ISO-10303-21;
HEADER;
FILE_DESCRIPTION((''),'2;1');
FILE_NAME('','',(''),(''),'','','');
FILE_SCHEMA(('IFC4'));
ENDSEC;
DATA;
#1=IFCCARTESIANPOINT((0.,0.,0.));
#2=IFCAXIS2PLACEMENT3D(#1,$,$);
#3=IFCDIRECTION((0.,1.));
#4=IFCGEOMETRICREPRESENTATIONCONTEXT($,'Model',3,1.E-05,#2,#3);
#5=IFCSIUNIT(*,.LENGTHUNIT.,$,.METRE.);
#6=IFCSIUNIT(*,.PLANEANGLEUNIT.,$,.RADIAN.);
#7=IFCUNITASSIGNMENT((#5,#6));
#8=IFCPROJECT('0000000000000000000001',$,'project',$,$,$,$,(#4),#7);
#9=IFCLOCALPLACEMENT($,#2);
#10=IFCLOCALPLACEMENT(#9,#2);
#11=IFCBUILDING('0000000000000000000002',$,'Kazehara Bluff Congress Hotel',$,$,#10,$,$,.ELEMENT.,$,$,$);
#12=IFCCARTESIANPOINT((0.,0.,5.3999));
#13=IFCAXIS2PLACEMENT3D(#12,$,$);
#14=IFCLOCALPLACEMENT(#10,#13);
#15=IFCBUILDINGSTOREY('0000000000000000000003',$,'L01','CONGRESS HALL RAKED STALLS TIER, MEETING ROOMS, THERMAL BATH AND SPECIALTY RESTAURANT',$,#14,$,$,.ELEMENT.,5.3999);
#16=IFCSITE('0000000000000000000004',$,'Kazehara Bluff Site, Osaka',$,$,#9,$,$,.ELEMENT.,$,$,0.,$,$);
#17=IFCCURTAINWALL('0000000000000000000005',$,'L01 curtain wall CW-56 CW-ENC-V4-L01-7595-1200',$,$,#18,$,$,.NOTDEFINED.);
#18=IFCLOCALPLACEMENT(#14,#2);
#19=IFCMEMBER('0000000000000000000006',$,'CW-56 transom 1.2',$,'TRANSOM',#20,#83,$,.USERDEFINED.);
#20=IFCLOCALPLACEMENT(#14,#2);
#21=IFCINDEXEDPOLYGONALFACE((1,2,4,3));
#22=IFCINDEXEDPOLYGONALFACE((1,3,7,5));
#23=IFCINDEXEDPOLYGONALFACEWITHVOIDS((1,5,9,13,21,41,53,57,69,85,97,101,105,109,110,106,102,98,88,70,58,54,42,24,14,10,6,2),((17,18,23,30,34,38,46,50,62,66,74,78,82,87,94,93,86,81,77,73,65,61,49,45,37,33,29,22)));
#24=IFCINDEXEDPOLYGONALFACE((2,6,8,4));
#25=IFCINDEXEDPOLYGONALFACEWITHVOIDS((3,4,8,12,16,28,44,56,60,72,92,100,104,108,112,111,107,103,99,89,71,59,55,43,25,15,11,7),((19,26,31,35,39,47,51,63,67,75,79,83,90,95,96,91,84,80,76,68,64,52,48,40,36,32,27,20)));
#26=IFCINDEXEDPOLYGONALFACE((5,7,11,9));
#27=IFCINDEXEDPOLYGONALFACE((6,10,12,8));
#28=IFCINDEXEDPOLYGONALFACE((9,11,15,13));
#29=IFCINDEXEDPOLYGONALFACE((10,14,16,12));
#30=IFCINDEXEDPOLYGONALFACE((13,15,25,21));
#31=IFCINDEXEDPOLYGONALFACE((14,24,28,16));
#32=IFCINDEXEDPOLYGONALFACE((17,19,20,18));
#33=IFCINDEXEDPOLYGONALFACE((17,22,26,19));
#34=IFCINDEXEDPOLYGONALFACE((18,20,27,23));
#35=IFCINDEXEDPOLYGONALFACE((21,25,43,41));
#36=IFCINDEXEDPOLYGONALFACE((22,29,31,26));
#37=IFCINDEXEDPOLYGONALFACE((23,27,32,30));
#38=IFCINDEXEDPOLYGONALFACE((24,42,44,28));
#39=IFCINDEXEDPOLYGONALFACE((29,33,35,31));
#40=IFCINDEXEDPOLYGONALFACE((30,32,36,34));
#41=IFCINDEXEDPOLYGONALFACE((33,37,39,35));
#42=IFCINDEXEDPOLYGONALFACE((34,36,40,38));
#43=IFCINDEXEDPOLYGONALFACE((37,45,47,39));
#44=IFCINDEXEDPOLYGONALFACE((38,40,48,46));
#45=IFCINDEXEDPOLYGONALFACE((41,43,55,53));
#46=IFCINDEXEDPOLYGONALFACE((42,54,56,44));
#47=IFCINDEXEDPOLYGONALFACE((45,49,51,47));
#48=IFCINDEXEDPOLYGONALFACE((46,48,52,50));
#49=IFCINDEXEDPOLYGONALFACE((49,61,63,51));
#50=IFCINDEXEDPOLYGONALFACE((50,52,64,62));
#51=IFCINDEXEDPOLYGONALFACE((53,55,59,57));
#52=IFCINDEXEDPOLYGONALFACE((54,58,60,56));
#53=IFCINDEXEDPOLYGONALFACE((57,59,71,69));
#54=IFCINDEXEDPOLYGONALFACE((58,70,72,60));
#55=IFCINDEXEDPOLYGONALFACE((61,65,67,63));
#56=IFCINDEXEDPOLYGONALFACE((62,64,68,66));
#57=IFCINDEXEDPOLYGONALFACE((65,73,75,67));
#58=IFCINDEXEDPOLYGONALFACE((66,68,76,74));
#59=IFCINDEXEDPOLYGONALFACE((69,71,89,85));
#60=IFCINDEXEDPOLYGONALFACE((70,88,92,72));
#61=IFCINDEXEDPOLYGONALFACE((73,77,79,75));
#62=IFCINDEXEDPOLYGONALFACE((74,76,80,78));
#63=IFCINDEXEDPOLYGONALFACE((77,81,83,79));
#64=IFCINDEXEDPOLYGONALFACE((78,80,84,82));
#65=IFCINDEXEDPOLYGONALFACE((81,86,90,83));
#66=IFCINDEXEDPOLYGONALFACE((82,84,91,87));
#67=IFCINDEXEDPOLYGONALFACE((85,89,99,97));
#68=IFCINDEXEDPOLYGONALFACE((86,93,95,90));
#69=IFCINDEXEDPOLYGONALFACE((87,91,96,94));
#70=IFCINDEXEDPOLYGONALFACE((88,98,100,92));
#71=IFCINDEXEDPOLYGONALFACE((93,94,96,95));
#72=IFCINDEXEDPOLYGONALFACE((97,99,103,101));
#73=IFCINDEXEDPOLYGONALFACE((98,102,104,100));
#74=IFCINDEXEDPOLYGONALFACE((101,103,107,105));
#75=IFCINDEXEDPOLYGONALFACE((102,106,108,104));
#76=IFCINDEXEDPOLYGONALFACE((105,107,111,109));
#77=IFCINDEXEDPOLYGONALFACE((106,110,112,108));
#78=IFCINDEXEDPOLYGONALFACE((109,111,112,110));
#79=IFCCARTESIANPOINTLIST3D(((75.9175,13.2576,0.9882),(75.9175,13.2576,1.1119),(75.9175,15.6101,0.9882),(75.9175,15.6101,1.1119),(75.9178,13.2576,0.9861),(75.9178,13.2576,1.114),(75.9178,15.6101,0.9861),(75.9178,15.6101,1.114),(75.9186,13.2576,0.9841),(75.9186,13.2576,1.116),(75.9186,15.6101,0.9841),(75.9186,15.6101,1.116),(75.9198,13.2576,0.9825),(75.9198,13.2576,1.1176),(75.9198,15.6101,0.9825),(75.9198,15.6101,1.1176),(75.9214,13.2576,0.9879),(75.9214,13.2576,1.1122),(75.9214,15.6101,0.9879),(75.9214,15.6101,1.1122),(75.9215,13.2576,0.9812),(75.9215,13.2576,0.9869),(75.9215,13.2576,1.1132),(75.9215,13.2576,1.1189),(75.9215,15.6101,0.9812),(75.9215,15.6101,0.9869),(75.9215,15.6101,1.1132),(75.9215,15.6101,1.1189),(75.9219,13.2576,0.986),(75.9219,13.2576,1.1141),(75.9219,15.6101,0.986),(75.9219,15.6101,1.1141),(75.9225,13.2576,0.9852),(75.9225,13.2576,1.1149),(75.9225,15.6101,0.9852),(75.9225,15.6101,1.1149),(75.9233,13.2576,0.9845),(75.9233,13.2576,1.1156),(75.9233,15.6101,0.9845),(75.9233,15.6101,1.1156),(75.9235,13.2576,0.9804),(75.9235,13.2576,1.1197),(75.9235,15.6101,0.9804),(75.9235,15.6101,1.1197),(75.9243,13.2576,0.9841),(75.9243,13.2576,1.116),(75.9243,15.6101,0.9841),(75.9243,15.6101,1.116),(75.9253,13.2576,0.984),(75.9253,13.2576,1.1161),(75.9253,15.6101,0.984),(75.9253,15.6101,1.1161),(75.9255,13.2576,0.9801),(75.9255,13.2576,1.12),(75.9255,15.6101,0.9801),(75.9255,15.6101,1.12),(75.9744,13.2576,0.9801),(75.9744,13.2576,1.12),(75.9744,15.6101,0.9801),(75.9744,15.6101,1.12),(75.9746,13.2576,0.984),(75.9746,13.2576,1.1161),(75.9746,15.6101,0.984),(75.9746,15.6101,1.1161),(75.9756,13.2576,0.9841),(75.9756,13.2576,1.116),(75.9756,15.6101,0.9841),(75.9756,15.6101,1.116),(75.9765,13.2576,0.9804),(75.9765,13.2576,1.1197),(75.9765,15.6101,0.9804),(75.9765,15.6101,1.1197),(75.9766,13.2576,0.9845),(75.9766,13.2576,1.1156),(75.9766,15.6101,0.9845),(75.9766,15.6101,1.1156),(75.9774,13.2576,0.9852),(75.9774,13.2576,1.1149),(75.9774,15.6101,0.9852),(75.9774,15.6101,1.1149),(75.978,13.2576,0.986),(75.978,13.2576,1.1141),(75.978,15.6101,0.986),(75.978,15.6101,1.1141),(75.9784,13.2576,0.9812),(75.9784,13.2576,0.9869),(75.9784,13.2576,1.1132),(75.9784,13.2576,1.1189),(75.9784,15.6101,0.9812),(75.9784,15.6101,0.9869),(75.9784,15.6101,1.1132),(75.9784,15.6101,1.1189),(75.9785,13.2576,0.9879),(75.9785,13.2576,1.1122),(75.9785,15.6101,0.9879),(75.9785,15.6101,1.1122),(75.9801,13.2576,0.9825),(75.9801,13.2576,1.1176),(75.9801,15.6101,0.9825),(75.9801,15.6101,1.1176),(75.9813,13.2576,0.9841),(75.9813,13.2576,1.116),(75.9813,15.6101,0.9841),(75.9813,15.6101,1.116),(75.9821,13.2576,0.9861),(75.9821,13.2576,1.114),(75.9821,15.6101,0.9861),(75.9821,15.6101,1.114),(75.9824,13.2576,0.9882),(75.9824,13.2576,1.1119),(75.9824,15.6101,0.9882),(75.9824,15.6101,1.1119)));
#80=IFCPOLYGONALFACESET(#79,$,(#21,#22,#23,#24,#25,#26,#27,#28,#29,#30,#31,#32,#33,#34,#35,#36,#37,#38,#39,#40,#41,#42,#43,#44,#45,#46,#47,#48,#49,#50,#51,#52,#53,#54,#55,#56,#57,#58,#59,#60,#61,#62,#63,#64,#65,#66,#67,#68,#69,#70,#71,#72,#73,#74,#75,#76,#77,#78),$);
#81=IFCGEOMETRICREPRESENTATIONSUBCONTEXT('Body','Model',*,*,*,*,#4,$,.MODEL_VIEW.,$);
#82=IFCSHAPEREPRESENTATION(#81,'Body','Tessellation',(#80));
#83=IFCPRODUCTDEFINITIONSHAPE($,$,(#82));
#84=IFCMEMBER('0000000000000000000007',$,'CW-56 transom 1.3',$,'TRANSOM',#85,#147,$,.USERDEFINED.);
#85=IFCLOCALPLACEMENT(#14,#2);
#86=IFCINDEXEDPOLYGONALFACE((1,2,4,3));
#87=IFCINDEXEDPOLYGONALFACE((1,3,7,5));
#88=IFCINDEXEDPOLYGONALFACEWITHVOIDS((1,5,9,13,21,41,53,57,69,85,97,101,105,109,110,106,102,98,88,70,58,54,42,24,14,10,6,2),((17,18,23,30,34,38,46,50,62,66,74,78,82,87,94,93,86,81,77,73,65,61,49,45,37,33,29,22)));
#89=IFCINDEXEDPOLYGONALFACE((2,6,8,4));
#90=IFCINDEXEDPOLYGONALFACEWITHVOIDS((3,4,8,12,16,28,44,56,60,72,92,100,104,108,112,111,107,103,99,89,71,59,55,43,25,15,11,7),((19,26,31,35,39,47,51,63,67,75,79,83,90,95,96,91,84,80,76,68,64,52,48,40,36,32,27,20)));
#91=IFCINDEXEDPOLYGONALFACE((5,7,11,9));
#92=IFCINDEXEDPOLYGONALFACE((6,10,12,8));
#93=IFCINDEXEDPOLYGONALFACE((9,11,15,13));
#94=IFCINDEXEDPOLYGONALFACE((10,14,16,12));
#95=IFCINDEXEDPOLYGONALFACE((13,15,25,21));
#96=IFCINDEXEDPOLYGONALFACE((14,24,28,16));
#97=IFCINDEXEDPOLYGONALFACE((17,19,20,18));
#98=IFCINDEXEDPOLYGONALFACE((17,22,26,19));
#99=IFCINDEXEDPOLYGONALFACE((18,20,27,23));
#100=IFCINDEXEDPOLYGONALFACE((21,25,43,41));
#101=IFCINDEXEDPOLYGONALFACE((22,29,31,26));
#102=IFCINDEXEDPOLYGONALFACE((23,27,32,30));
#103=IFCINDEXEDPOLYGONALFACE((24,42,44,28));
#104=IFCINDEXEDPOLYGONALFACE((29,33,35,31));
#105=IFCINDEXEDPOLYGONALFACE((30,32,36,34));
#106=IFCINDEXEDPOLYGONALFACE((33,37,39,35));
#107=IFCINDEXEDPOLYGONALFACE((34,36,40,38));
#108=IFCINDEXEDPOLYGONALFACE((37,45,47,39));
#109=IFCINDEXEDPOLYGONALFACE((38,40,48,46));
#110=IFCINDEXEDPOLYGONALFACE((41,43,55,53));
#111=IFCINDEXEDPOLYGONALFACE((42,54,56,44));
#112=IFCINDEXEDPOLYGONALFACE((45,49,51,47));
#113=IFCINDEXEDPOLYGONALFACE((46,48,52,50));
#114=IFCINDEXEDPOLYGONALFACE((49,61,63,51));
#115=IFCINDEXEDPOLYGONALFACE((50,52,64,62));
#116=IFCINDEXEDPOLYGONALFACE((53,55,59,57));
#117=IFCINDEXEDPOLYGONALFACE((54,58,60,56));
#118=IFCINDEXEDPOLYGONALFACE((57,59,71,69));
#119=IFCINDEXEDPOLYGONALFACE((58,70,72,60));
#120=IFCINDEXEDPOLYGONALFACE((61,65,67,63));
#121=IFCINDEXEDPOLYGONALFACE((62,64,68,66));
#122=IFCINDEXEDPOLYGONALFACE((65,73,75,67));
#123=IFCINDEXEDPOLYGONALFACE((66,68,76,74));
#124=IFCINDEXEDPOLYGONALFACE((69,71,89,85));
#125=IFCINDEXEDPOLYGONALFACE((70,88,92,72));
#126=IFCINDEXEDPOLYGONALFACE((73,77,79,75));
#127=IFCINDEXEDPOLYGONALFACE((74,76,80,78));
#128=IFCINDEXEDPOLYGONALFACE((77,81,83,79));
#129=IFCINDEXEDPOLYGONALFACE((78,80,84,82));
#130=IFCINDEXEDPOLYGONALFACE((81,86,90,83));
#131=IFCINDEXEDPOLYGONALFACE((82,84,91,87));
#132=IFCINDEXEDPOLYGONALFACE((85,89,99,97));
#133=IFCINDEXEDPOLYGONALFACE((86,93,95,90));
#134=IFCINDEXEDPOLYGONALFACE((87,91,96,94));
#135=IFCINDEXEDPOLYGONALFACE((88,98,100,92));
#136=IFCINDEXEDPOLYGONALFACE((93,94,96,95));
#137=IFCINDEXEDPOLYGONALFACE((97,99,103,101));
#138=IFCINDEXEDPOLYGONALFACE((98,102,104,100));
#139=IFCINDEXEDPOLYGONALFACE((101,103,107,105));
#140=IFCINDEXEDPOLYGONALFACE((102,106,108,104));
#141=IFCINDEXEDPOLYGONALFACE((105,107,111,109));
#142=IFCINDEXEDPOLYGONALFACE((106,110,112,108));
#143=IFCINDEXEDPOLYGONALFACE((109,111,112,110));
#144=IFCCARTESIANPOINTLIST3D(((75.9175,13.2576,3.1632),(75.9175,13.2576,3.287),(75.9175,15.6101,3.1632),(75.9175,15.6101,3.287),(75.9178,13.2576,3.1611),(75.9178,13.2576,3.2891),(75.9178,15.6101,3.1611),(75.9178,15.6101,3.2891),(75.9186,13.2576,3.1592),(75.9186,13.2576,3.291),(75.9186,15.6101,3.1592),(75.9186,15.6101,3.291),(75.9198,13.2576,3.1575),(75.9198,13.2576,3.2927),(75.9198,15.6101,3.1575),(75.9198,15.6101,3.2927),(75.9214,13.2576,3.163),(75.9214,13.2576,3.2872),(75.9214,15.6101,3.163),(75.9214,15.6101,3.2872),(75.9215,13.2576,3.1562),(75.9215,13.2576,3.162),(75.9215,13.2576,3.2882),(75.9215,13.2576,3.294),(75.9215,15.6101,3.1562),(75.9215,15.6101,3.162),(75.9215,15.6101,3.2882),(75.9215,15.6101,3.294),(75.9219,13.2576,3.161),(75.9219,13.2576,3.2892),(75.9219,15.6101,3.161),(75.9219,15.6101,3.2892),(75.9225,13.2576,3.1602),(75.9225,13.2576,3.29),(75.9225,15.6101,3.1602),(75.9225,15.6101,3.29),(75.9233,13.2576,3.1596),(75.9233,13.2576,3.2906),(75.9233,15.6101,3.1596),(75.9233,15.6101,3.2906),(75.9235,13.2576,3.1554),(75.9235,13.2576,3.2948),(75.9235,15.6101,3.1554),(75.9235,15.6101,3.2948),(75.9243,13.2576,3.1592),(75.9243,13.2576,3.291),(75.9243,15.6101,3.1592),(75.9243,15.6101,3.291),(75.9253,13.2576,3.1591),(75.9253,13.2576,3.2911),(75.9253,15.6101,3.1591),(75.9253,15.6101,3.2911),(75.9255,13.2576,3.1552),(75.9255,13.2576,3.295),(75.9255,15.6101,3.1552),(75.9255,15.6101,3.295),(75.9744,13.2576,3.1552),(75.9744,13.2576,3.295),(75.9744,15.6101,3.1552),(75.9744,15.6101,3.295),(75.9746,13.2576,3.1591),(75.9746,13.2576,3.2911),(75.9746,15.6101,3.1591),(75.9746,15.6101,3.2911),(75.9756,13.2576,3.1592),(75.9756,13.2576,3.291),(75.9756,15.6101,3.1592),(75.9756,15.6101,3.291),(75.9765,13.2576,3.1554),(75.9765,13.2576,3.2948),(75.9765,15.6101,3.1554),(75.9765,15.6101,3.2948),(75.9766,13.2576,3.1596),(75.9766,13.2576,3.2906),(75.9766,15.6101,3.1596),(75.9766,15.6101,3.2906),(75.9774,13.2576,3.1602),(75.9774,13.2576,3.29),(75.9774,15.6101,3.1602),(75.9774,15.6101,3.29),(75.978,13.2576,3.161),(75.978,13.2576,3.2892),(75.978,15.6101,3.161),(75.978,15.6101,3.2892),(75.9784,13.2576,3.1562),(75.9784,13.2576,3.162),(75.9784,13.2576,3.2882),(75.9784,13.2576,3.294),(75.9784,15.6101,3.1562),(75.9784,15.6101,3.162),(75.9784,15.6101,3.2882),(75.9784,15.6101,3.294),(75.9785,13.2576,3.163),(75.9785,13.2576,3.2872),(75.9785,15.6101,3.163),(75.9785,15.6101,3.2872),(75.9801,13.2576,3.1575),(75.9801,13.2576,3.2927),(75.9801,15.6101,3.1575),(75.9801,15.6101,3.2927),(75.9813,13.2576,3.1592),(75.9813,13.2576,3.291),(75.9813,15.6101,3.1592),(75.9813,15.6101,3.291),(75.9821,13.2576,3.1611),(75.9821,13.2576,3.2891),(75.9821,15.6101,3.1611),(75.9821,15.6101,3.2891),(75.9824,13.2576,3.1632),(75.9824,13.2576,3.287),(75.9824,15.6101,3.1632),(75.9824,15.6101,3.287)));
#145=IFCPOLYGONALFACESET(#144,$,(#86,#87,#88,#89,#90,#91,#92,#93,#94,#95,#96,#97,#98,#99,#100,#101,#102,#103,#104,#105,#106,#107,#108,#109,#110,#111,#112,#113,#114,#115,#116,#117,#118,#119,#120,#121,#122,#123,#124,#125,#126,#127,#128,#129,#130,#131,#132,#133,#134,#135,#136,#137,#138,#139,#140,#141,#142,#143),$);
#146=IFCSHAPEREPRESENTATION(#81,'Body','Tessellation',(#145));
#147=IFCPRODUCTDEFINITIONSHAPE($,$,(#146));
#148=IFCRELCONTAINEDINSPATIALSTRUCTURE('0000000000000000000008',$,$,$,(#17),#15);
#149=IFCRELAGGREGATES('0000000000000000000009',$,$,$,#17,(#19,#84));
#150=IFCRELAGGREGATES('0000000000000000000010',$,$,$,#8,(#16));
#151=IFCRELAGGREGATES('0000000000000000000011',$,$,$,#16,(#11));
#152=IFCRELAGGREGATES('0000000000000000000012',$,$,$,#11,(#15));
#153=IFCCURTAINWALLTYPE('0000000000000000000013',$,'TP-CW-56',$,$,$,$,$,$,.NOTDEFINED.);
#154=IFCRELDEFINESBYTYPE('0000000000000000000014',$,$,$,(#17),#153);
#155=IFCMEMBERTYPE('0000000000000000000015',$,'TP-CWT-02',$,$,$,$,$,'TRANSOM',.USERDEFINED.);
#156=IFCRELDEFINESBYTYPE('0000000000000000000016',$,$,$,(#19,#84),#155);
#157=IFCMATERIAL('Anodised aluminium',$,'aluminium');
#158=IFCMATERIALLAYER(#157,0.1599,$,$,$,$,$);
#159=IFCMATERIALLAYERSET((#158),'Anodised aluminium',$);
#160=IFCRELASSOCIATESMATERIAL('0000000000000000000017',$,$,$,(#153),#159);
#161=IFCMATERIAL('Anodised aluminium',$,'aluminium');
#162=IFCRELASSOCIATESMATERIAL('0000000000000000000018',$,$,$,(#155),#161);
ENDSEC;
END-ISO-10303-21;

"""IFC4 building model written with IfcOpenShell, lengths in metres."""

from ifc_helpers import new_model, si_unit, direction, frame, origin, origin_2d, place, context, subcontext, project, spatial, hollow_rectangle, extrude, material, layer, layer_set, material_profile, profile_set, type_object, element, aggregate, save


model = new_model("IFC4")

# Units and contexts
model_context = context("Model", 3, precision=1e-05, world=origin(), true_north=direction((0.0, 1.0)))
body_context = subcontext(model_context, "Body", "Model", "MODEL_VIEW")
ifc_project = project(units=[si_unit("LENGTHUNIT", "METRE"), si_unit("PLANEANGLEUNIT", "RADIAN")], contexts=[model_context])

# Site, building, storey
site_placement = place(None, origin())
site = spatial("IfcSite", under=ifc_project, at=site_placement, Name="Kazehara Bluff Site, Osaka", CompositionType="ELEMENT", RefElevation=0.0)
building_placement = place(site_placement, origin())
building = spatial("IfcBuilding", under=site, at=building_placement, Name="Kazehara Bluff Congress Hotel", CompositionType="ELEMENT")
storey_placement = place(building_placement, frame((0.0, 0.0, 5.3999)))
storey = spatial("IfcBuildingStorey", under=building, at=storey_placement, Name="L01", Description="CONGRESS HALL RAKED STALLS TIER, MEETING ROOMS, THERMAL BATH AND SPECIALTY RESTAURANT", CompositionType="ELEMENT", Elevation=5.3999)

# Curtain wall
ifc_material_1 = material(Name="Anodised aluminium", Category="aluminium")
ifc_layer_1 = layer(ifc_material_1, 0.1599)
ifc_layer_set_1 = layer_set([ifc_layer_1], Name="Anodised aluminium")
curtain_wall_type_1 = type_object("IfcCurtainWallType", Name="TP-CW-56", PredefinedType="NOTDEFINED", material=ifc_layer_set_1)
curtain_wall_1_placement = place(storey_placement, origin())
curtain_wall_1 = element("IfcCurtainWall", 1, at=curtain_wall_1_placement, inside=storey, type_object=curtain_wall_type_1, Name="L01 curtain wall CW-56 CW-ENC-V4-L01-7595-1200", PredefinedType="NOTDEFINED")

# Members
ifc_material_2 = material(Name="Anodised aluminium", Category="aluminium")
ifc_material_profile_1 = material_profile(ifc_material_2, hollow_rectangle(XDim=0.0649, YDim=0.1399, WallThickness=0.0039, InnerFilletRadius=0.0039, OuterFilletRadius=0.0081, at=origin_2d()))
ifc_profile_set_1 = profile_set([ifc_material_profile_1], Name="Anodised aluminium")
member_type_1 = type_object("IfcMemberType", Name="TP-CWT-02", ElementType="TRANSOM", PredefinedType="USERDEFINED", material=ifc_profile_set_1)
member_1_placement = place(storey_placement, frame((75.95, 15.6101, 1.05), z_axis=(0.0, -1.0, 0.0), x_axis=(1.0, 0.0, 0.0)))
member_1 = element("IfcMember", 2, at=member_1_placement, type_object=member_type_1, Name="CW-56 transom 1.2", ObjectType="TRANSOM", PredefinedType="USERDEFINED", context=body_context, shape_type="SweptSolid", body=[
    extrude(hollow_rectangle(XDim=0.0649, YDim=0.1399, WallThickness=0.0039, InnerFilletRadius=0.0039, OuterFilletRadius=0.0081, at=origin_2d()), origin(), (0.0, 0.0, 1.0), 2.3525),
])
member_2_placement = place(storey_placement, frame((75.95, 15.6101, 3.2251), z_axis=(0.0, -1.0, 0.0), x_axis=(1.0, 0.0, 0.0)))
member_2 = element("IfcMember", 3, at=member_2_placement, type_object=member_type_1, Name="CW-56 transom 1.3", ObjectType="TRANSOM", PredefinedType="USERDEFINED", context=body_context, shape_type="SweptSolid", body=[
    extrude(hollow_rectangle(XDim=0.0649, YDim=0.1399, WallThickness=0.0039, InnerFilletRadius=0.0039, OuterFilletRadius=0.0081, at=origin_2d()), origin(), (0.0, 0.0, 1.0), 2.3525),
])

aggregate(curtain_wall_1, [member_1, member_2])

save(model, "model.ifc")
